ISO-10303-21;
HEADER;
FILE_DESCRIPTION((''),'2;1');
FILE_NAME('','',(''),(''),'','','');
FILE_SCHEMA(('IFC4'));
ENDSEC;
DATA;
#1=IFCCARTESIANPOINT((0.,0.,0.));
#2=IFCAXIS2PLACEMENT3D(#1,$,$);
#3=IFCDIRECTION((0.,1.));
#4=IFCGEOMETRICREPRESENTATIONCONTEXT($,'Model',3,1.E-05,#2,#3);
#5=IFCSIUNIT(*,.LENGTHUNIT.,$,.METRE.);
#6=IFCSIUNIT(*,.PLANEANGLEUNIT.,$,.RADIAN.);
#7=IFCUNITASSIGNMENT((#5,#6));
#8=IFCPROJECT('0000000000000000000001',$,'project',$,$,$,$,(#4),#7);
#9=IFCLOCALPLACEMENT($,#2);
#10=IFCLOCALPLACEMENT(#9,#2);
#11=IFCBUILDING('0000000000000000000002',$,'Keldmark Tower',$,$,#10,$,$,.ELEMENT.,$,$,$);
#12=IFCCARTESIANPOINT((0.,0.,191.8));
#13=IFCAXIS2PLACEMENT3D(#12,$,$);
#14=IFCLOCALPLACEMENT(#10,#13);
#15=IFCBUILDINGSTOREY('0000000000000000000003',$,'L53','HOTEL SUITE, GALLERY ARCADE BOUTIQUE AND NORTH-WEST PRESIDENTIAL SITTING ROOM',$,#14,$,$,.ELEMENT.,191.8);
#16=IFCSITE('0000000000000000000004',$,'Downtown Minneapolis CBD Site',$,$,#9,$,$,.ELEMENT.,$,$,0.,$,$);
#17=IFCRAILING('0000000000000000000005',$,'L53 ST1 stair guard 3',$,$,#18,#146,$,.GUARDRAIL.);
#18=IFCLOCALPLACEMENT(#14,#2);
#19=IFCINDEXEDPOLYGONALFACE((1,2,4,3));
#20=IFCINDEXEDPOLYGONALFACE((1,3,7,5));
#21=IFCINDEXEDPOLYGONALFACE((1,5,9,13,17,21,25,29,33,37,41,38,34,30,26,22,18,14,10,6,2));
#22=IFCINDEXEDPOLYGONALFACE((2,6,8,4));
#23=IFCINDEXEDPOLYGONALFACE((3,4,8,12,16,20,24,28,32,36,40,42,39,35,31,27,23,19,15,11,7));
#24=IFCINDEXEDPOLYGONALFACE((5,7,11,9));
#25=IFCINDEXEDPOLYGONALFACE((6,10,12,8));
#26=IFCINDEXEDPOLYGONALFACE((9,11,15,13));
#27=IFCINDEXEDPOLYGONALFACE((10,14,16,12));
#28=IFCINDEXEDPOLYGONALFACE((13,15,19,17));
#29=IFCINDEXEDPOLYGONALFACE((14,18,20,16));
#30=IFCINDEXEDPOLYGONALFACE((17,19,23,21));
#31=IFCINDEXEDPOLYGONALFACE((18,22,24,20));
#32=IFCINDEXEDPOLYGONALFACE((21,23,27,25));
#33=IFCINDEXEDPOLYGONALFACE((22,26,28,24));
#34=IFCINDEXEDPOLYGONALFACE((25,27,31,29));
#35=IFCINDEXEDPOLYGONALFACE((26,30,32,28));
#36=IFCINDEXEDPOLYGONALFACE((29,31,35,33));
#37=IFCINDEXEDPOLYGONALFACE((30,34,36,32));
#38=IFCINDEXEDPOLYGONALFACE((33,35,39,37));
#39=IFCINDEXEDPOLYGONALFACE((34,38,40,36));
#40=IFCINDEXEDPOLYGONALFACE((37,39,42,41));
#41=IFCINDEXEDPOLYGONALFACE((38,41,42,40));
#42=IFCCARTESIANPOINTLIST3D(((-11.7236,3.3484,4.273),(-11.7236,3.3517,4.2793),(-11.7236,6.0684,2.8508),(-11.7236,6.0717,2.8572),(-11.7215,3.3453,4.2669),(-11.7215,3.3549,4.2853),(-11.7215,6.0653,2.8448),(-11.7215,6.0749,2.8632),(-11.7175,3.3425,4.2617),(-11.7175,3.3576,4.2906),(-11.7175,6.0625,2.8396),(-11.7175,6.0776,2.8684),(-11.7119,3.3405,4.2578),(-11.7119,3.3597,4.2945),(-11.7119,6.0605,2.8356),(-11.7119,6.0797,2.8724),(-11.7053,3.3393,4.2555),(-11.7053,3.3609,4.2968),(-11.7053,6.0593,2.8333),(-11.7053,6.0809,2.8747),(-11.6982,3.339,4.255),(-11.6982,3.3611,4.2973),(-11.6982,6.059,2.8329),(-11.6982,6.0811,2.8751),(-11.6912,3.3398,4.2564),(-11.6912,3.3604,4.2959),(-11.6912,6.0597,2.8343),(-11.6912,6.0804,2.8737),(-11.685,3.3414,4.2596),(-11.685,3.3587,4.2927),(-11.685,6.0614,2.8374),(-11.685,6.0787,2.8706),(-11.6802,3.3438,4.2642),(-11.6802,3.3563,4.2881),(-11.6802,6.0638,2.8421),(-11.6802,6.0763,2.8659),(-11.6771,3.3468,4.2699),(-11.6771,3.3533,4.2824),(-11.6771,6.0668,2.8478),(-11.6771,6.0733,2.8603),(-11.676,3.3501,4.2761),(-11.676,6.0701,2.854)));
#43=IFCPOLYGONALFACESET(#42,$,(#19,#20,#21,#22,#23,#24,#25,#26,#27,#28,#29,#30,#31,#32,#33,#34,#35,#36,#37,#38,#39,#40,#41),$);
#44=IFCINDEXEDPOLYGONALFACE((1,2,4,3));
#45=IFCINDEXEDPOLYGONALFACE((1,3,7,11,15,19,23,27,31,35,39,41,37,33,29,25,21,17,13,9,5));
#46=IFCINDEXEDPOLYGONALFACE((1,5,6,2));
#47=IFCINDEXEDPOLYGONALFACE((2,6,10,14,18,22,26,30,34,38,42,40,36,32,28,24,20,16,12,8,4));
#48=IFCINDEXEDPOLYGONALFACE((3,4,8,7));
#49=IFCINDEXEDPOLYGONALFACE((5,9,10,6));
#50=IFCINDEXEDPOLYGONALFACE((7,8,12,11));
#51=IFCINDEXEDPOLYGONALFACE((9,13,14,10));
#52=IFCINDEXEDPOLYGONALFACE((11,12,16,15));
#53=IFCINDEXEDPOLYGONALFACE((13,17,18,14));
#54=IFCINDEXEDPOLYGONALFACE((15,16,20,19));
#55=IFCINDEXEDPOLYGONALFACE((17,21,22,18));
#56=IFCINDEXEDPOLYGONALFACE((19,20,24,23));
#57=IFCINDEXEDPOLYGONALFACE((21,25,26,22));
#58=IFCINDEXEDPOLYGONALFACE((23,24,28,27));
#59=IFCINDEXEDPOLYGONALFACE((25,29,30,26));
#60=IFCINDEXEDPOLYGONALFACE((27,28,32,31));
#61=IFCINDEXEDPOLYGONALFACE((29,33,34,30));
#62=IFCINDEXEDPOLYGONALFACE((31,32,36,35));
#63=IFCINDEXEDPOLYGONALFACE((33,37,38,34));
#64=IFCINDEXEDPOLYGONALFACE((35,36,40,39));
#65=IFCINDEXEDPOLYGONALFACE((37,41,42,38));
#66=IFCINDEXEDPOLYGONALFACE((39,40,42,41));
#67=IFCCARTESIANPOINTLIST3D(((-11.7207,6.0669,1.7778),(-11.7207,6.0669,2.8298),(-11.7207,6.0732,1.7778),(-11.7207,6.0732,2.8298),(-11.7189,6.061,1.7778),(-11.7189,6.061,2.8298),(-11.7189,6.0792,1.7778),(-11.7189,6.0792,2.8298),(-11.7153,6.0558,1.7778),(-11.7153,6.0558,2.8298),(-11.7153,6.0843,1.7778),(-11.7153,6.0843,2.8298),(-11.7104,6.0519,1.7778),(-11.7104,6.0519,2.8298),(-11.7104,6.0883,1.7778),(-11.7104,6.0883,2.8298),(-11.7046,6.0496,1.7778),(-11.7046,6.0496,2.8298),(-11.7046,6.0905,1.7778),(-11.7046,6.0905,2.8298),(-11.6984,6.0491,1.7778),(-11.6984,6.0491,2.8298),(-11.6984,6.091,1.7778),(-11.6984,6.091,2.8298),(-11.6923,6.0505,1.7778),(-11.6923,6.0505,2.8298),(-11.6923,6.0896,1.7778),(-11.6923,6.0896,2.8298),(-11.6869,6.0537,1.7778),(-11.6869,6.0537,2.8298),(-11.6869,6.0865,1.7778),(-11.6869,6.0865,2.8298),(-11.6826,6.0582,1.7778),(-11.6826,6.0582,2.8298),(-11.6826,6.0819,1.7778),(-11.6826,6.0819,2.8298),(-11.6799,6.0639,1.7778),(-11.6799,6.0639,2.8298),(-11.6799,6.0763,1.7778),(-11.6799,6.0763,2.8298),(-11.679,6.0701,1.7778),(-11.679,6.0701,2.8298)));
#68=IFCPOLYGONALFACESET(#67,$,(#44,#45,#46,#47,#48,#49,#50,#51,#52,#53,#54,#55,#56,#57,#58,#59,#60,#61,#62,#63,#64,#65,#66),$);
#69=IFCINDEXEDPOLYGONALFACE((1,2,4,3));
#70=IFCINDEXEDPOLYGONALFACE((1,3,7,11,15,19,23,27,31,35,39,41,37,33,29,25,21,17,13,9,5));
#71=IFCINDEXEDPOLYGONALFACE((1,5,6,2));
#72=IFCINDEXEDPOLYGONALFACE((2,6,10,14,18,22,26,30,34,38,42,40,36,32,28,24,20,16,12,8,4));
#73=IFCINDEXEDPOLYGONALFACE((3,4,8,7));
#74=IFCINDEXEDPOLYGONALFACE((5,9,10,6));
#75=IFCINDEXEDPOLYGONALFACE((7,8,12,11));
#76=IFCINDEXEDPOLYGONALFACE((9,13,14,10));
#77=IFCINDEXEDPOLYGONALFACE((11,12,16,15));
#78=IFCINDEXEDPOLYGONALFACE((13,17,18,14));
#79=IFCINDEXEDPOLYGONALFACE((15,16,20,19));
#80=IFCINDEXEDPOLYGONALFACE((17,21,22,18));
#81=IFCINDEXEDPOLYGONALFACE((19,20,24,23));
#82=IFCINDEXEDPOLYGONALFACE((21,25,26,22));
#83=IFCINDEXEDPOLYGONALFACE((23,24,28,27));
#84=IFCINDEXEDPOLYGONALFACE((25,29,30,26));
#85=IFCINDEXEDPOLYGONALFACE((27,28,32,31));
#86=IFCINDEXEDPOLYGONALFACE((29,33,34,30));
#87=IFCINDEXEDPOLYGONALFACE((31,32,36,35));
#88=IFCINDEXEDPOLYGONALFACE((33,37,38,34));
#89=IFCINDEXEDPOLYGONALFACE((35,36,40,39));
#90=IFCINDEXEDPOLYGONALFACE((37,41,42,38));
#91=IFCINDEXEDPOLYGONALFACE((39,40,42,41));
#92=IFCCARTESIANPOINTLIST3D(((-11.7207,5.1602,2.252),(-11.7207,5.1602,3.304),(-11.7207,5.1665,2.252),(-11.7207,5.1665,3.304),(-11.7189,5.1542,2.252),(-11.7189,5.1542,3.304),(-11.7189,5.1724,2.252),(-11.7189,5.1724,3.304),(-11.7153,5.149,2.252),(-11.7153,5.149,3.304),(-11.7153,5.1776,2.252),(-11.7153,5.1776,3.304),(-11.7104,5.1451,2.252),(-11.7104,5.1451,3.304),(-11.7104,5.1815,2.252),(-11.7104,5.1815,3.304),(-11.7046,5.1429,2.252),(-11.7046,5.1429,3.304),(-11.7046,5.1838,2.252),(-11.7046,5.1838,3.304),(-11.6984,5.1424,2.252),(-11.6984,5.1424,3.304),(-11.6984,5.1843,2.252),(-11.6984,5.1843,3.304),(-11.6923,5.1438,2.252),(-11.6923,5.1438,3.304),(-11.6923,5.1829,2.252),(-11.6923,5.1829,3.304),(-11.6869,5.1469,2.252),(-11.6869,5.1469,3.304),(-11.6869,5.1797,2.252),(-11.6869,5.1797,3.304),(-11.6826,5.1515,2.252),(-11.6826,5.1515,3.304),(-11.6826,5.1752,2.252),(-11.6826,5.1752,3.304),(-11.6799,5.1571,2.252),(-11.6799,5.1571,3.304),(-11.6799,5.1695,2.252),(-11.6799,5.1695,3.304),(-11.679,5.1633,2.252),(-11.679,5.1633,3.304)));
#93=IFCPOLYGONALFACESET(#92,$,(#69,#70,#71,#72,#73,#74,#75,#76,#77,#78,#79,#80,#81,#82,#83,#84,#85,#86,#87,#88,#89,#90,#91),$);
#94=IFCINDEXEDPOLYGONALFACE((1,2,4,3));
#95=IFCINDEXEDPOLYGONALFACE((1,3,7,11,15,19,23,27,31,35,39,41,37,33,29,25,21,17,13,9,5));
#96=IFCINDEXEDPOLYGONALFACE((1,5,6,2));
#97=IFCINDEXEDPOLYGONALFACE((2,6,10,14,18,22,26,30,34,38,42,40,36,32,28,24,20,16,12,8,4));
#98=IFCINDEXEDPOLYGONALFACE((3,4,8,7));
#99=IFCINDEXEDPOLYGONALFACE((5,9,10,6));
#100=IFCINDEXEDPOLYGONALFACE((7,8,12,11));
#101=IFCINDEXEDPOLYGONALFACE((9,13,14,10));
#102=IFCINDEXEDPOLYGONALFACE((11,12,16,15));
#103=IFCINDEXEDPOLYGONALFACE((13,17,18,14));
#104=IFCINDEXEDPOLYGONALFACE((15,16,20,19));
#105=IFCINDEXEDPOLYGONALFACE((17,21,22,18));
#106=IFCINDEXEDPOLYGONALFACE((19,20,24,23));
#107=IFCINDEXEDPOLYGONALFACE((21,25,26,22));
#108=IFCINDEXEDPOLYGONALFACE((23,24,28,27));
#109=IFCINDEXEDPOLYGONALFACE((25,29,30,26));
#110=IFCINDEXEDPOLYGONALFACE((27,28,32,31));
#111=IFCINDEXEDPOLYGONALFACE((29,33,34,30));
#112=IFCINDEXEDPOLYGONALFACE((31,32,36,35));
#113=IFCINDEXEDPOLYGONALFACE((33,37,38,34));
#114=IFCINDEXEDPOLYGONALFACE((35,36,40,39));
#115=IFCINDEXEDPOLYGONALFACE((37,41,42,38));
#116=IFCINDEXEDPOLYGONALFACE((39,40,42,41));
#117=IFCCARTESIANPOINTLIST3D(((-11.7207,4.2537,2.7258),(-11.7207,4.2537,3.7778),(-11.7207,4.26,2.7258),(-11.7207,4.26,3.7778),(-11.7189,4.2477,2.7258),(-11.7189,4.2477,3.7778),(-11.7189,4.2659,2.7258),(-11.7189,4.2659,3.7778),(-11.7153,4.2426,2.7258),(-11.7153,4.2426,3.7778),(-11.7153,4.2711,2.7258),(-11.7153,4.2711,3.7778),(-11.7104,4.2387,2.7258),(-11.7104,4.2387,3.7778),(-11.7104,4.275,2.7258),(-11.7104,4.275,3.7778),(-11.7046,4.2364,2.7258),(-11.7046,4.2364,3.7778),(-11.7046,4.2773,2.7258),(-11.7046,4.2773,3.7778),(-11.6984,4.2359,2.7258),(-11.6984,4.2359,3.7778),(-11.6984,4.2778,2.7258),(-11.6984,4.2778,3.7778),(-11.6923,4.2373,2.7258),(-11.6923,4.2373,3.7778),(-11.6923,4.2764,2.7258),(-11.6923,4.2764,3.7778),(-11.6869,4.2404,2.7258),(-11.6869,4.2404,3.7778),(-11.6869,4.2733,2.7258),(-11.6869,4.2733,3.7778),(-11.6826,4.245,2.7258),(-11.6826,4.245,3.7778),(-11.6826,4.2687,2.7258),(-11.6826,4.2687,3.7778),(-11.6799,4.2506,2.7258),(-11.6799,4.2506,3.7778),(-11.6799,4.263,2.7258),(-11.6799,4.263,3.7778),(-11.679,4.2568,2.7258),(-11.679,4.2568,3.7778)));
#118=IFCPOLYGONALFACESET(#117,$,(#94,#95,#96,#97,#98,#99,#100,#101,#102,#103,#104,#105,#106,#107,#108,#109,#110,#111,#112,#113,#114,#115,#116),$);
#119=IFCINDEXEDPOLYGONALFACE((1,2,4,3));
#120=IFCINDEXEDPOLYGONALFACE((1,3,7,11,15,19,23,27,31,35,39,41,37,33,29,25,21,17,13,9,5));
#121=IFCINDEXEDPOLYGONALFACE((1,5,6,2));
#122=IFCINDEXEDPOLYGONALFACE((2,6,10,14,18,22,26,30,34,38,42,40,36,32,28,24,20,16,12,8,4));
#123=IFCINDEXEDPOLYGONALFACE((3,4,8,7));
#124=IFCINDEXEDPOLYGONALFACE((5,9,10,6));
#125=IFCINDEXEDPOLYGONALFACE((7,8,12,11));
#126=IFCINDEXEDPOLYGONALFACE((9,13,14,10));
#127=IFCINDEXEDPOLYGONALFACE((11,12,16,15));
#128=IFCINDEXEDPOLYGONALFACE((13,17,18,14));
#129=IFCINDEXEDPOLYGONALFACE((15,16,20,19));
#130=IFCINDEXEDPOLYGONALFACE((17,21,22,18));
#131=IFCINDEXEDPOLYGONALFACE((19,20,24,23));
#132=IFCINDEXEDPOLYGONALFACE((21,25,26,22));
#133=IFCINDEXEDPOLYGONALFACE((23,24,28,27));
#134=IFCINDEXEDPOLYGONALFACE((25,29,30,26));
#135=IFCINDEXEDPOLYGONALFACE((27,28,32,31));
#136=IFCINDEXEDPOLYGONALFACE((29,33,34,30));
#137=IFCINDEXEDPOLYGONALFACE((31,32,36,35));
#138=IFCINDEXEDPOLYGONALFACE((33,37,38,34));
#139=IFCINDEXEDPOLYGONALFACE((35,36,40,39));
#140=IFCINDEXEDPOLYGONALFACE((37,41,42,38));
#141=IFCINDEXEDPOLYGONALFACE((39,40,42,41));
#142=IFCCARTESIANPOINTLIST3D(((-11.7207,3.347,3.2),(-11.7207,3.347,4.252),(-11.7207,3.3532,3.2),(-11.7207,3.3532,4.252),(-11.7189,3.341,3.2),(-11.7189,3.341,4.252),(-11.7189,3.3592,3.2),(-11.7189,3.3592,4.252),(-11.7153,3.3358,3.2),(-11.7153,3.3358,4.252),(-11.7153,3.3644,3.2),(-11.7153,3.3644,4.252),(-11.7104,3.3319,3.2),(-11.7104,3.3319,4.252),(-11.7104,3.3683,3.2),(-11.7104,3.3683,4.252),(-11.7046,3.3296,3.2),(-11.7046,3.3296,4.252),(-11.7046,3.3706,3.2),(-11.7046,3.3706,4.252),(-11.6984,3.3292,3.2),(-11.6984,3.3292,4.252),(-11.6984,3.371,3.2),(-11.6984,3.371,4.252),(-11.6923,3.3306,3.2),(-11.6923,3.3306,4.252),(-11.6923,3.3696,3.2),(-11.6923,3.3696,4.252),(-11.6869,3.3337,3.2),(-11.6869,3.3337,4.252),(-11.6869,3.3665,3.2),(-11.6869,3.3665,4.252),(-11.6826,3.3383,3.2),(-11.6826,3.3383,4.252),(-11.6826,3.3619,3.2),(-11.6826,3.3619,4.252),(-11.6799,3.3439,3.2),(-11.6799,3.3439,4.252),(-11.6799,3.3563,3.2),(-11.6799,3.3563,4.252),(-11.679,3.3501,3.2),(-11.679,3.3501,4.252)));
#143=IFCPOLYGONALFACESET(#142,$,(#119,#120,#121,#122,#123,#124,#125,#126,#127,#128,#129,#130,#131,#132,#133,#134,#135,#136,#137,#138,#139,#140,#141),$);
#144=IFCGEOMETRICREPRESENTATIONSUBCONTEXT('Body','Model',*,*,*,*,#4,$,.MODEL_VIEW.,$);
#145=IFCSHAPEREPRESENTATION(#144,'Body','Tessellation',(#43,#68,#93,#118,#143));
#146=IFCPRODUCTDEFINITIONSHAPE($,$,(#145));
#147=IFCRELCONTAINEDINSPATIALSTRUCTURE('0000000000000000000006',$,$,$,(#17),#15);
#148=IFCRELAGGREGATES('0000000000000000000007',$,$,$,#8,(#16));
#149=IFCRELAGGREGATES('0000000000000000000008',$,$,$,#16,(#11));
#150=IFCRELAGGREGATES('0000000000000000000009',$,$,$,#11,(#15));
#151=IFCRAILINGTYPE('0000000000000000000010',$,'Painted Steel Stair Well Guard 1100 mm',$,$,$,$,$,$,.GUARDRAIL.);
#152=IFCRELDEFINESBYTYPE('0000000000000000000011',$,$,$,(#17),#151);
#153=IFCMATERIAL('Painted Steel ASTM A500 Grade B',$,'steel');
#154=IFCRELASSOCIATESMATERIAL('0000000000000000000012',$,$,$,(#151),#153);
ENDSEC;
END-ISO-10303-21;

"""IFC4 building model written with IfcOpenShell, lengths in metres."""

from ifc_helpers import new_model, si_unit, direction, frame, origin, origin_2d, place, context, subcontext, project, spatial, circle, extrude, material, type_object, element, save


model = new_model("IFC4")

# Units and contexts
model_context = context("Model", 3, precision=1e-05, world=origin(), true_north=direction((0.0, 1.0)))
body_context = subcontext(model_context, "Body", "Model", "MODEL_VIEW")
ifc_project = project(units=[si_unit("LENGTHUNIT", "METRE"), si_unit("PLANEANGLEUNIT", "RADIAN")], contexts=[model_context])

# Site, building, storey
site_placement = place(None, origin())
site = spatial("IfcSite", under=ifc_project, at=site_placement, Name="Downtown Minneapolis CBD Site", CompositionType="ELEMENT", RefElevation=0.0)
building_placement = place(site_placement, origin())
building = spatial("IfcBuilding", under=site, at=building_placement, Name="Keldmark Tower", CompositionType="ELEMENT")
storey_placement = place(building_placement, frame((0.0, 0.0, 191.8)))
storey = spatial("IfcBuildingStorey", under=building, at=storey_placement, Name="L53", Description="HOTEL SUITE, GALLERY ARCADE BOUTIQUE AND NORTH-WEST PRESIDENTIAL SITTING ROOM", CompositionType="ELEMENT", Elevation=191.8)

# Railing
ifc_material_1 = material(Name="Painted Steel ASTM A500 Grade B", Category="steel")
railing_type_1 = type_object("IfcRailingType", Name="Painted Steel Stair Well Guard 1100 mm", PredefinedType="GUARDRAIL", material=ifc_material_1)
railing_1_placement = place(storey_placement, frame((-11.7, 6.0701, 1.7778)))
element("IfcRailing", 1, at=railing_1_placement, inside=storey, type_object=railing_type_1, Name="L53 ST1 stair guard 3", PredefinedType="GUARDRAIL", context=body_context, shape_type="SweptSolid", body=[
    extrude(circle(Radius=0.0239, at=origin_2d()), frame((0.0, 0.0, 1.0762), z_axis=(0.0, -0.886183, 0.463335), x_axis=(1.0, 0.0, 0.0)), (0.0, 0.0, 1.0), 3.0693),
    extrude(circle(Radius=0.021, at=origin_2d()), origin(), (0.0, 0.0, 1.0), 1.052),
    extrude(circle(Radius=0.021, at=origin_2d()), frame((0.0, -0.9067, 0.4741)), (0.0, 0.0, 1.0), 1.052),
    extrude(circle(Radius=0.021, at=origin_2d()), frame((0.0, -1.8132, 0.948)), (0.0, 0.0, 1.0), 1.052),
    extrude(circle(Radius=0.021, at=origin_2d()), frame((0.0, -2.72, 1.4221)), (0.0, 0.0, 1.0), 1.052),
])

save(model, "model.ifc")
